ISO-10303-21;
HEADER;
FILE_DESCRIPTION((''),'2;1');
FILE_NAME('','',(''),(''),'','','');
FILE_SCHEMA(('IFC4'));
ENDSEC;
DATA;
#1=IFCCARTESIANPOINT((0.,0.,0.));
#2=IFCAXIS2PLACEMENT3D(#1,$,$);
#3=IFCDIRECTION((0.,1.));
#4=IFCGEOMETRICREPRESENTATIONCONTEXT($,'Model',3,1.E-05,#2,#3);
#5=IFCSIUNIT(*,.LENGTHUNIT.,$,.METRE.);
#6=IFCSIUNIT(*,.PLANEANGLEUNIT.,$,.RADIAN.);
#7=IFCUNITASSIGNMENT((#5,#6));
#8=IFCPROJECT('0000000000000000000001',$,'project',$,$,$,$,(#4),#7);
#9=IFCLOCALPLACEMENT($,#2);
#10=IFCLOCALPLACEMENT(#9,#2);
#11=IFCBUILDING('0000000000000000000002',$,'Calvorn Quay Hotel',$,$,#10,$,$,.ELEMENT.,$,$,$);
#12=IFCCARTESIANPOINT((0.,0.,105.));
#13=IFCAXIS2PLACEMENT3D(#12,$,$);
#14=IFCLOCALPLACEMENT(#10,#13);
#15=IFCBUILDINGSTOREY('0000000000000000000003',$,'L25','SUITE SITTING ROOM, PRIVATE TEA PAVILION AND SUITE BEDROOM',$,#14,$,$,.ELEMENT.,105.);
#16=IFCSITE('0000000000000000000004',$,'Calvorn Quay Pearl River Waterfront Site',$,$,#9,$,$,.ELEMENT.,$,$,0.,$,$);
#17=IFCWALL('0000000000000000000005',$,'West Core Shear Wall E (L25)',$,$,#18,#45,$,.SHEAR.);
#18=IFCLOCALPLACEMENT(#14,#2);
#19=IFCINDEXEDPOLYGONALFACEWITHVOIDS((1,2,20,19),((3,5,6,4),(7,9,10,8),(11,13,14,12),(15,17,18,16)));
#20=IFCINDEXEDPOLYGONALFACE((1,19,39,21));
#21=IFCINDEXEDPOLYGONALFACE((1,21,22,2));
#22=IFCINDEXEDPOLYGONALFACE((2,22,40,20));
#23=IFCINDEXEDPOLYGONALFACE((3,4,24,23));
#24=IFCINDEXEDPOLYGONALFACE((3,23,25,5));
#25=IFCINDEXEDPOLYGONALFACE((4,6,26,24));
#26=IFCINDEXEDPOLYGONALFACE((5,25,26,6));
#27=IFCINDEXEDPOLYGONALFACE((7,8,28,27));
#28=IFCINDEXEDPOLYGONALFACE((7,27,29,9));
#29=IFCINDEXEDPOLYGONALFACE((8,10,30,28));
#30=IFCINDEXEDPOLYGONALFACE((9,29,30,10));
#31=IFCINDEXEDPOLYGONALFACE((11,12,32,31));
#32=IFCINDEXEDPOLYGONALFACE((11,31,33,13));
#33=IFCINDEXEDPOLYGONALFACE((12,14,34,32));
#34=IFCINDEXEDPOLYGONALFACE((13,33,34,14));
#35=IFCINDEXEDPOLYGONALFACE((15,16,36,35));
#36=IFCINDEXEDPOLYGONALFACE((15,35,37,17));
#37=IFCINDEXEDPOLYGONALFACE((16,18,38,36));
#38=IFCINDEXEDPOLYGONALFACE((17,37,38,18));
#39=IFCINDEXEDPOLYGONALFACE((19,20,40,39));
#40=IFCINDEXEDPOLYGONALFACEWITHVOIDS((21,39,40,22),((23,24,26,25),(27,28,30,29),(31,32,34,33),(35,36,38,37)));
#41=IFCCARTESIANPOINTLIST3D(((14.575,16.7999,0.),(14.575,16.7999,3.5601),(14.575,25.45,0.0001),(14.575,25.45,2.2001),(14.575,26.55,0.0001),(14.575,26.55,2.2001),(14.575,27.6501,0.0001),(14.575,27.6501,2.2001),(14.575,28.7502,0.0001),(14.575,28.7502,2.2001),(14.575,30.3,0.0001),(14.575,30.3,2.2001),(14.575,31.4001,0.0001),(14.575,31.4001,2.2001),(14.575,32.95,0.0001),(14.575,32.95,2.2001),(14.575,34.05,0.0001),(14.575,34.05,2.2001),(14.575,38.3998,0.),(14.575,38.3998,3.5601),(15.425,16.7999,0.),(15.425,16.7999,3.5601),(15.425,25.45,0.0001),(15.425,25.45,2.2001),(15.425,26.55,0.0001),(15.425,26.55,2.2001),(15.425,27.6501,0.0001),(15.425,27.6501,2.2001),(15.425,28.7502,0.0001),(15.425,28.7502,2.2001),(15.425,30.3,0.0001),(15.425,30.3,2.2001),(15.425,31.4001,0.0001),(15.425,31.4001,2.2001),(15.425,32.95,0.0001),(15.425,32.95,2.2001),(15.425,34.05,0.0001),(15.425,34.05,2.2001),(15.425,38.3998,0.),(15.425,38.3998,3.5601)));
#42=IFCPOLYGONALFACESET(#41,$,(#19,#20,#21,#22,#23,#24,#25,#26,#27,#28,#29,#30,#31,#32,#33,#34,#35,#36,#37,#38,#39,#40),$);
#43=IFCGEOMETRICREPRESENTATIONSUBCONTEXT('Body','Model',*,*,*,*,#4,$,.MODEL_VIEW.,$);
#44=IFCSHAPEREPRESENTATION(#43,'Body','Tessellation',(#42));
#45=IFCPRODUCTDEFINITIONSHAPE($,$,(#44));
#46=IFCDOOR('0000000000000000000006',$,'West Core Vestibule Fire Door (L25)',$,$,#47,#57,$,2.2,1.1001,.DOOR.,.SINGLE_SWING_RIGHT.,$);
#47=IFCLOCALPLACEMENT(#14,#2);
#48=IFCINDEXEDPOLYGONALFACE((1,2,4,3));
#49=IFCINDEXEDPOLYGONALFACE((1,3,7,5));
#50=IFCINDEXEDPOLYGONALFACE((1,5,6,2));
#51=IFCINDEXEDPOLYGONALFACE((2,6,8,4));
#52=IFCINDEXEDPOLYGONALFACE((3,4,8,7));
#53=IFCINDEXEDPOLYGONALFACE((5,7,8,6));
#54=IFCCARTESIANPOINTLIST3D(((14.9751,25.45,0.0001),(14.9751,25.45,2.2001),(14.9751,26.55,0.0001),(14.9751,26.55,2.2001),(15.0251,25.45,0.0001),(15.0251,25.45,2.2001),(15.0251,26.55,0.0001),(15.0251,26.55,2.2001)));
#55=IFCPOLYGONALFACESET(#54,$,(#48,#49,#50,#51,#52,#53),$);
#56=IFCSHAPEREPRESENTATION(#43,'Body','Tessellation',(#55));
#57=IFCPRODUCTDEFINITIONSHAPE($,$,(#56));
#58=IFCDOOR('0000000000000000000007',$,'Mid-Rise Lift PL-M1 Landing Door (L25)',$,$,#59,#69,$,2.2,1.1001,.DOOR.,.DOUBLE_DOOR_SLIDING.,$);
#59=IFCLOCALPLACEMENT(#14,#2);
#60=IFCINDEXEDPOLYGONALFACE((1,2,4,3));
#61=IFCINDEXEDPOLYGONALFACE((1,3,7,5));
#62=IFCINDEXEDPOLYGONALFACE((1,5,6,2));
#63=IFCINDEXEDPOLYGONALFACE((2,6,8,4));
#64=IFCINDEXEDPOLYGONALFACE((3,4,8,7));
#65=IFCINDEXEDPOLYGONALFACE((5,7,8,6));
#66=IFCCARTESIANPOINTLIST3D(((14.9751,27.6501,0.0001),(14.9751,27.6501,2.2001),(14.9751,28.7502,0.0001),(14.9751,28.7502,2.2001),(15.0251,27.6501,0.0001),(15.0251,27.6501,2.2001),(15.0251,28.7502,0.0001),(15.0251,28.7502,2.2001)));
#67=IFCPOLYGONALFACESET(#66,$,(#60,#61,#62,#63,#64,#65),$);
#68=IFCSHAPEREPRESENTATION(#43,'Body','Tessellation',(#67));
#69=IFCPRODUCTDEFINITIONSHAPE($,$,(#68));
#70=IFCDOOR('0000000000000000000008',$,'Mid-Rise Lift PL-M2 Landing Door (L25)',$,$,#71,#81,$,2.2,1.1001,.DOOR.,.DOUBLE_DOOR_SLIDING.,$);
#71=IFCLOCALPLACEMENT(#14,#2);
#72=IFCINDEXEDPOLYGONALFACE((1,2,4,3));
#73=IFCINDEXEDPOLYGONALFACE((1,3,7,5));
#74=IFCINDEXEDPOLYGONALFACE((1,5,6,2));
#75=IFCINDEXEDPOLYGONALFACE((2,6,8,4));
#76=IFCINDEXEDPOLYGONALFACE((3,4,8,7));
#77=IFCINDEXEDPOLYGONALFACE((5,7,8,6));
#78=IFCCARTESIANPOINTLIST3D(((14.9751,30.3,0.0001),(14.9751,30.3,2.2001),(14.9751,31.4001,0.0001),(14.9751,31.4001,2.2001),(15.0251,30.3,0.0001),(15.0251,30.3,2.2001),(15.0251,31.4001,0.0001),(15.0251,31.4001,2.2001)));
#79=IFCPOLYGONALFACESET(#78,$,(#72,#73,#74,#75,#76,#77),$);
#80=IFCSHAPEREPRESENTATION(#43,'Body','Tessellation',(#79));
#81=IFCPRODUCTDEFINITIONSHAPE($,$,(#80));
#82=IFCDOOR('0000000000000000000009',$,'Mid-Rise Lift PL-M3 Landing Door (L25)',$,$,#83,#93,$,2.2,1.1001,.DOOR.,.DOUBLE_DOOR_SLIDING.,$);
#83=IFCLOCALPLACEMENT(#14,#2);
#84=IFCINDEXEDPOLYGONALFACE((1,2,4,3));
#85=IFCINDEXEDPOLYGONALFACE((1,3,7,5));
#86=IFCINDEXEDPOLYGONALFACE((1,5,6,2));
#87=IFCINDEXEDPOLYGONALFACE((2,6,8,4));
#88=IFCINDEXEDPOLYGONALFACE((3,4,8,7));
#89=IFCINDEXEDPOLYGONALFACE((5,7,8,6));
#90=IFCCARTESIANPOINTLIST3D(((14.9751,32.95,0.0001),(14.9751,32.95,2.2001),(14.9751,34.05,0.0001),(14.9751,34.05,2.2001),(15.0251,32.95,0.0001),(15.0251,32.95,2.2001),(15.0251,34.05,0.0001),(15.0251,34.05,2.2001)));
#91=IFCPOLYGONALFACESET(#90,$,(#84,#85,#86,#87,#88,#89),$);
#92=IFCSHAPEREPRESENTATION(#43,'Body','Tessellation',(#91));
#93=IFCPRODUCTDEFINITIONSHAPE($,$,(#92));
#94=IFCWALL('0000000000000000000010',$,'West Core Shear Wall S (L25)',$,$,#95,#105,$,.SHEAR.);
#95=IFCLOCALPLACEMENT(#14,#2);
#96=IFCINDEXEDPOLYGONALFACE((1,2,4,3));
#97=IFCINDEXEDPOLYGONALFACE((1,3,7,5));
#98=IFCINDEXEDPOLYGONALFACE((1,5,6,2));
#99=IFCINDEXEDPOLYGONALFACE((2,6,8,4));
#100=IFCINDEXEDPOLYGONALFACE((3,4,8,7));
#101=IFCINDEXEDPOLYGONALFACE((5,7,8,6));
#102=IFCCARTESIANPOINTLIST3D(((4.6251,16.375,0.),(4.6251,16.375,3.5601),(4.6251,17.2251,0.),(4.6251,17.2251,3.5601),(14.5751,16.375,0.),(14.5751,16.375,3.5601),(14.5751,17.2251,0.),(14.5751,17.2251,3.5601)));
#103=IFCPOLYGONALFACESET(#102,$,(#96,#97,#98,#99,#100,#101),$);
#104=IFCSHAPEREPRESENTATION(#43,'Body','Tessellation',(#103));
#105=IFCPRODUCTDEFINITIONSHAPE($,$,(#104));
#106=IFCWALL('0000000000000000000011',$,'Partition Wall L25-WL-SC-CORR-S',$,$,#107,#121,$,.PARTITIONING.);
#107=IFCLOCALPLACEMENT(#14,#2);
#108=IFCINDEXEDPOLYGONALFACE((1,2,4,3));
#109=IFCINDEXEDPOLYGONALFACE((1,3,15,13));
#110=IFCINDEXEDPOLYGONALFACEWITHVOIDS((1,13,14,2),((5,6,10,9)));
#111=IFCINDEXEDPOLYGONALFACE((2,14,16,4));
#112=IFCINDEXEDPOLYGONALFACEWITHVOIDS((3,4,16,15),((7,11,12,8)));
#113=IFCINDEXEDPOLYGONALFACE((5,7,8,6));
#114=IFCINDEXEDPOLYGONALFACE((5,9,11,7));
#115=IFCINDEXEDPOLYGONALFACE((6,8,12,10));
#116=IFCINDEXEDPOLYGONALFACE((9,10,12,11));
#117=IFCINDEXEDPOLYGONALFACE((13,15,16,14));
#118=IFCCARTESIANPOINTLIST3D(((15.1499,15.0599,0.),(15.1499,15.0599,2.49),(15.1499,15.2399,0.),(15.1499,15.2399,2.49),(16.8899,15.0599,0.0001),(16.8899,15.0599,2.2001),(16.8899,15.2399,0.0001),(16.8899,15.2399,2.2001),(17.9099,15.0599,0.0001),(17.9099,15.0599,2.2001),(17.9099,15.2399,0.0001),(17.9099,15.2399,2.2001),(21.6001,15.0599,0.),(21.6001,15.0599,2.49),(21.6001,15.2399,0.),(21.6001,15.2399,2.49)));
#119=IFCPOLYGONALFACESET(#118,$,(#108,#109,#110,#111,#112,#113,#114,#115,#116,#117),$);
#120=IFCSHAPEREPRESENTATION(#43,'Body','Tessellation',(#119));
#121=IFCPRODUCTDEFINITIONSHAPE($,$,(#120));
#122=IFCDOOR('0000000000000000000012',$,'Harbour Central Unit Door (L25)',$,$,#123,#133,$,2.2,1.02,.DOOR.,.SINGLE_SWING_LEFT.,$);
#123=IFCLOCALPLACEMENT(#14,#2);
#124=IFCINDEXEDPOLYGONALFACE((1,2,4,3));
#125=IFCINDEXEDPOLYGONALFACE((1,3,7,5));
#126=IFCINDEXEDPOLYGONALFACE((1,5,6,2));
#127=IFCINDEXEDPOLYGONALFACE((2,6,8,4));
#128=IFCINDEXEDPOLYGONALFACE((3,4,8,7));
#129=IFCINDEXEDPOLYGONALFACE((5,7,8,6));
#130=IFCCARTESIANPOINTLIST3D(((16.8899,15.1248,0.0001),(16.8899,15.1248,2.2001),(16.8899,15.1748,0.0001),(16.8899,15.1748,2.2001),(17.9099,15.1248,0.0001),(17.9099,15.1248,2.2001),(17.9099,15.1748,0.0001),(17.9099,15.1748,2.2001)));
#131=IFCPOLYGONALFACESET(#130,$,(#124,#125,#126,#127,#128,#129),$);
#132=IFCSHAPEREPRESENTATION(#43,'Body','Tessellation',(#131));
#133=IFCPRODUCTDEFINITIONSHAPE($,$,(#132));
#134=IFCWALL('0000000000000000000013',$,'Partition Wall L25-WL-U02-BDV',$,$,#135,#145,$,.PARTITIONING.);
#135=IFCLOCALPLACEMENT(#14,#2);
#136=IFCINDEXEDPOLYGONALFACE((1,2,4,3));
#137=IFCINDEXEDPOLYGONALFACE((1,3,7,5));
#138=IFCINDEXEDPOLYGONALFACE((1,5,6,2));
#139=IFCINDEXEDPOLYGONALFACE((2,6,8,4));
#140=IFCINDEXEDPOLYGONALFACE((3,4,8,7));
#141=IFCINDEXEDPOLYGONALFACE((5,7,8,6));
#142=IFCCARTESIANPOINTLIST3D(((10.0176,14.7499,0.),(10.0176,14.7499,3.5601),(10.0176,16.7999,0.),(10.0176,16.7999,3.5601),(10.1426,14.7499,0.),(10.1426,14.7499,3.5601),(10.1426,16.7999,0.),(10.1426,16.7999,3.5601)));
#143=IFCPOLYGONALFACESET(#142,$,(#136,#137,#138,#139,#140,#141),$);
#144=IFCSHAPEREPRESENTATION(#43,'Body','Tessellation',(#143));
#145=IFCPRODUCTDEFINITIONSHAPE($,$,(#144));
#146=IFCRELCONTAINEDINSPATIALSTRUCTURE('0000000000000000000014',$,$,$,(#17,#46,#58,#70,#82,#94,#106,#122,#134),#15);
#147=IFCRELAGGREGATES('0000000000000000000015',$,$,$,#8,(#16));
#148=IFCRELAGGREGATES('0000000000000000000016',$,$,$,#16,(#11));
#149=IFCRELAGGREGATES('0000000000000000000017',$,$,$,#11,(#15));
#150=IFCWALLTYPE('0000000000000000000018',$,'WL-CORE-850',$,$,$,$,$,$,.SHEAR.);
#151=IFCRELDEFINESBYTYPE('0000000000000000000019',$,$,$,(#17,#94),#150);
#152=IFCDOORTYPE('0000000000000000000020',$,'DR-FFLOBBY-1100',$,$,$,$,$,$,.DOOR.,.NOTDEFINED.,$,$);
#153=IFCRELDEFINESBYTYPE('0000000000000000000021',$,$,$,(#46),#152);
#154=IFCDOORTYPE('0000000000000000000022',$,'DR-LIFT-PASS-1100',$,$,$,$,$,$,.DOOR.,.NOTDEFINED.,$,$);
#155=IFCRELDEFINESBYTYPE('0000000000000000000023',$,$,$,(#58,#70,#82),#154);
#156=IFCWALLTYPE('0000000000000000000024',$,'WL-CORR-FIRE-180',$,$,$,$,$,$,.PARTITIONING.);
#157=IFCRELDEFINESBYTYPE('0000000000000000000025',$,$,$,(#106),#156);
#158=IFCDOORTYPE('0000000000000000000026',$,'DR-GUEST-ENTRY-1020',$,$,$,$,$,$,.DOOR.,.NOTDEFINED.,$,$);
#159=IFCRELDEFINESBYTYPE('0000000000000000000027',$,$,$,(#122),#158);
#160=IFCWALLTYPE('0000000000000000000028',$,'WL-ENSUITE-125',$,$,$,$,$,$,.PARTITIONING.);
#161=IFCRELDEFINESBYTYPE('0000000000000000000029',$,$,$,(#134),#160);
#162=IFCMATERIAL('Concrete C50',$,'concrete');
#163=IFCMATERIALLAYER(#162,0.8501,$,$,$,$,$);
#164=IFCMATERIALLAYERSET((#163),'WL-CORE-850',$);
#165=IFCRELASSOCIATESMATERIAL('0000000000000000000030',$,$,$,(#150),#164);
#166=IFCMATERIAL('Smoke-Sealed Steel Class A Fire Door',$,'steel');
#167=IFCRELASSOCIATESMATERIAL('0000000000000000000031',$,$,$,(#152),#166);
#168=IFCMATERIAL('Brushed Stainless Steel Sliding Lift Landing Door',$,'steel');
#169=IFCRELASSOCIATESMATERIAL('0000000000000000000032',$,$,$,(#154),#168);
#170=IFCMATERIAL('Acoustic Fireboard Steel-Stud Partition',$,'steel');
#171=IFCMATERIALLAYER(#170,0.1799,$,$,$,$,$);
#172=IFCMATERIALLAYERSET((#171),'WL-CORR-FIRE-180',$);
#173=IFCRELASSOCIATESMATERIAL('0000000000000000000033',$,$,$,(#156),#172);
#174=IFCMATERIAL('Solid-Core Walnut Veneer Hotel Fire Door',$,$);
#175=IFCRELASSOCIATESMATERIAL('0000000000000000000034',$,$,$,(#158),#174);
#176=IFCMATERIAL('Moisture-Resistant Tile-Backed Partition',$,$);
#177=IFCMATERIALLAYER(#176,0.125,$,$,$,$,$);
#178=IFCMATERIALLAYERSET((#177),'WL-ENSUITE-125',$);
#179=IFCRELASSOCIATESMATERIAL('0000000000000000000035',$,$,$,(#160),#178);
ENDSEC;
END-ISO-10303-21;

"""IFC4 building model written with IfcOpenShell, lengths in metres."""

from ifc_helpers import new_model, si_unit, direction, frame, frame_2d, origin, place, context, subcontext, project, spatial, rectangle, extrude, material, layer, layer_set, type_object, element, fill, save


model = new_model("IFC4")

# Units and contexts
model_context = context("Model", 3, precision=1e-05, world=origin(), true_north=direction((0.0, 1.0)))
body_context = subcontext(model_context, "Body", "Model", "MODEL_VIEW")
ifc_project = project(units=[si_unit("LENGTHUNIT", "METRE"), si_unit("PLANEANGLEUNIT", "RADIAN")], contexts=[model_context])

# Site, building, storey
site_placement = place(None, origin())
site = spatial("IfcSite", under=ifc_project, at=site_placement, Name="Calvorn Quay Pearl River Waterfront Site", CompositionType="ELEMENT", RefElevation=0.0)
building_placement = place(site_placement, origin())
building = spatial("IfcBuilding", under=site, at=building_placement, Name="Calvorn Quay Hotel", CompositionType="ELEMENT")
storey_placement = place(building_placement, frame((0.0, 0.0, 105.0)))
storey = spatial("IfcBuildingStorey", under=building, at=storey_placement, Name="L25", Description="SUITE SITTING ROOM, PRIVATE TEA PAVILION AND SUITE BEDROOM", CompositionType="ELEMENT", Elevation=105.0)

# Wall, openings, doors
ifc_material_1 = material(Name="Concrete C50", Category="concrete")
ifc_layer_1 = layer(ifc_material_1, 0.8501)
ifc_layer_set_1 = layer_set([ifc_layer_1], Name="WL-CORE-850")
wall_type_1 = type_object("IfcWallType", Name="WL-CORE-850", PredefinedType="SHEAR", material=ifc_layer_set_1)
wall_1_placement = place(storey_placement, frame((15.0, 16.8, 0.0), z_axis=(0.0, 0.0, 1.0), x_axis=(0.0, 1.0, 0.0)))
wall_1 = element("IfcWall", 1, at=wall_1_placement, inside=storey, type_object=wall_type_1, Name="West Core Shear Wall E (L25)", PredefinedType="SHEAR", context=body_context, shape_type="SweptSolid", body=[
    extrude(rectangle(XDim=21.5999, YDim=0.8501, at=frame_2d((10.7998, 0.0))), origin(), (0.0, 0.0, 1.0), 3.5601),
])
opening_1_placement = place(wall_1_placement, frame((8.6499, 0.0, 0.0)))
opening_1 = element("IfcOpeningElement", 2, at=opening_1_placement, cuts=wall_1, PredefinedType="OPENING", context=body_context, shape_type="SweptSolid", body=[
    extrude(rectangle(XDim=1.1001, YDim=2.2, at=frame_2d((0.55, 1.1001))), frame((0.0, 0.4351, 0.0), z_axis=(0.0, -1.0, 0.0), x_axis=(1.0, 0.0, 0.0)), (0.0, 0.0, 1.0), 0.8701),
])
opening_2_placement = place(wall_1_placement, frame((10.8501, 0.0, 0.0)))
opening_2 = element("IfcOpeningElement", 3, at=opening_2_placement, cuts=wall_1, PredefinedType="OPENING", context=body_context, shape_type="SweptSolid", body=[
    extrude(rectangle(XDim=1.1001, YDim=2.2, at=frame_2d((0.55, 1.1001))), frame((0.0, 0.4351, 0.0), z_axis=(0.0, -1.0, 0.0), x_axis=(1.0, 0.0, 0.0)), (0.0, 0.0, 1.0), 0.8701),
])
opening_3_placement = place(wall_1_placement, frame((13.5, 0.0, 0.0)))
opening_3 = element("IfcOpeningElement", 4, at=opening_3_placement, cuts=wall_1, PredefinedType="OPENING", context=body_context, shape_type="SweptSolid", body=[
    extrude(rectangle(XDim=1.1001, YDim=2.2, at=frame_2d((0.55, 1.1001))), frame((0.0, 0.4351, 0.0), z_axis=(0.0, -1.0, 0.0), x_axis=(1.0, 0.0, 0.0)), (0.0, 0.0, 1.0), 0.8701),
])
opening_4_placement = place(wall_1_placement, frame((16.1499, 0.0, 0.0)))
opening_4 = element("IfcOpeningElement", 5, at=opening_4_placement, cuts=wall_1, PredefinedType="OPENING", context=body_context, shape_type="SweptSolid", body=[
    extrude(rectangle(XDim=1.1001, YDim=2.2, at=frame_2d((0.55, 1.1001))), frame((0.0, 0.4351, 0.0), z_axis=(0.0, -1.0, 0.0), x_axis=(1.0, 0.0, 0.0)), (0.0, 0.0, 1.0), 0.8701),
])
ifc_material_2 = material(Name="Smoke-Sealed Steel Class A Fire Door", Category="steel")
door_type_1 = type_object("IfcDoorType", Name="DR-FFLOBBY-1100", OperationType="NOTDEFINED", PredefinedType="DOOR", material=ifc_material_2)
door_1_placement = place(opening_1_placement, origin())
door_1 = element("IfcDoor", 6, at=door_1_placement, inside=storey, type_object=door_type_1, Name="West Core Vestibule Fire Door (L25)", OperationType="SINGLE_SWING_RIGHT", OverallHeight=2.2, OverallWidth=1.1001, PredefinedType="DOOR", context=body_context, shape_type="SweptSolid", body=[
    extrude(rectangle(XDim=1.1001, YDim=2.2, at=frame_2d((0.55, 1.1001))), frame((0.0, 0.0249, 0.0), z_axis=(0.0, -1.0, 0.0), x_axis=(1.0, 0.0, 0.0)), (0.0, 0.0, 1.0), 0.05),
])
fill(opening_1, door_1)
ifc_material_3 = material(Name="Brushed Stainless Steel Sliding Lift Landing Door", Category="steel")
door_type_2 = type_object("IfcDoorType", Name="DR-LIFT-PASS-1100", OperationType="NOTDEFINED", PredefinedType="DOOR", material=ifc_material_3)
door_2_placement = place(opening_2_placement, origin())
door_2 = element("IfcDoor", 7, at=door_2_placement, inside=storey, type_object=door_type_2, Name="Mid-Rise Lift PL-M1 Landing Door (L25)", OperationType="DOUBLE_DOOR_SLIDING", OverallHeight=2.2, OverallWidth=1.1001, PredefinedType="DOOR", context=body_context, shape_type="SweptSolid", body=[
    extrude(rectangle(XDim=1.1001, YDim=2.2, at=frame_2d((0.55, 1.1001))), frame((0.0, 0.0249, 0.0), z_axis=(0.0, -1.0, 0.0), x_axis=(1.0, 0.0, 0.0)), (0.0, 0.0, 1.0), 0.05),
])
fill(opening_2, door_2)
door_3_placement = place(opening_3_placement, origin())
door_3 = element("IfcDoor", 8, at=door_3_placement, inside=storey, type_object=door_type_2, Name="Mid-Rise Lift PL-M2 Landing Door (L25)", OperationType="DOUBLE_DOOR_SLIDING", OverallHeight=2.2, OverallWidth=1.1001, PredefinedType="DOOR", context=body_context, shape_type="SweptSolid", body=[
    extrude(rectangle(XDim=1.1001, YDim=2.2, at=frame_2d((0.55, 1.1001))), frame((0.0, 0.0249, 0.0), z_axis=(0.0, -1.0, 0.0), x_axis=(1.0, 0.0, 0.0)), (0.0, 0.0, 1.0), 0.05),
])
fill(opening_3, door_3)
door_4_placement = place(opening_4_placement, origin())
door_4 = element("IfcDoor", 9, at=door_4_placement, inside=storey, type_object=door_type_2, Name="Mid-Rise Lift PL-M3 Landing Door (L25)", OperationType="DOUBLE_DOOR_SLIDING", OverallHeight=2.2, OverallWidth=1.1001, PredefinedType="DOOR", context=body_context, shape_type="SweptSolid", body=[
    extrude(rectangle(XDim=1.1001, YDim=2.2, at=frame_2d((0.55, 1.1001))), frame((0.0, 0.0249, 0.0), z_axis=(0.0, -1.0, 0.0), x_axis=(1.0, 0.0, 0.0)), (0.0, 0.0, 1.0), 0.05),
])
fill(opening_4, door_4)

# Wall
wall_2_placement = place(storey_placement, frame((4.625, 16.8, 0.0), z_axis=(0.0, 0.0, 1.0), x_axis=(1.0, 0.0, 0.0)))
element("IfcWall", 10, at=wall_2_placement, inside=storey, type_object=wall_type_1, Name="West Core Shear Wall S (L25)", PredefinedType="SHEAR", context=body_context, shape_type="SweptSolid", body=[
    extrude(rectangle(XDim=9.95, YDim=0.8501, at=frame_2d((4.9751, 0.0))), origin(), (0.0, 0.0, 1.0), 3.5601),
])

# Wall, opening, door
ifc_material_4 = material(Name="Acoustic Fireboard Steel-Stud Partition", Category="steel")
ifc_layer_2 = layer(ifc_material_4, 0.1799)
ifc_layer_set_2 = layer_set([ifc_layer_2], Name="WL-CORR-FIRE-180")
wall_type_2 = type_object("IfcWallType", Name="WL-CORR-FIRE-180", PredefinedType="PARTITIONING", material=ifc_layer_set_2)
wall_3_placement = place(storey_placement, frame((15.1499, 15.1499, 0.0), z_axis=(0.0, 0.0, 1.0), x_axis=(1.0, 0.0, 0.0)))
wall_3 = element("IfcWall", 11, at=wall_3_placement, inside=storey, type_object=wall_type_2, Name="Partition Wall L25-WL-SC-CORR-S", PredefinedType="PARTITIONING", context=body_context, shape_type="SweptSolid", body=[
    extrude(rectangle(XDim=6.4502, YDim=0.1799, at=frame_2d((3.2251, 0.0))), origin(), (0.0, 0.0, 1.0), 2.49),
])
opening_5_placement = place(wall_3_placement, frame((1.74, 0.0, 0.0)))
opening_5 = element("IfcOpeningElement", 12, at=opening_5_placement, cuts=wall_3, PredefinedType="OPENING", context=body_context, shape_type="SweptSolid", body=[
    extrude(rectangle(XDim=1.02, YDim=2.2, at=frame_2d((0.51, 1.1001))), frame((0.0, 0.0999, 0.0), z_axis=(0.0, -1.0, 0.0), x_axis=(1.0, 0.0, 0.0)), (0.0, 0.0, 1.0), 0.2),
])
ifc_material_5 = material(Name="Solid-Core Walnut Veneer Hotel Fire Door")
door_type_3 = type_object("IfcDoorType", Name="DR-GUEST-ENTRY-1020", OperationType="NOTDEFINED", PredefinedType="DOOR", material=ifc_material_5)
door_5_placement = place(opening_5_placement, origin())
door_5 = element("IfcDoor", 13, at=door_5_placement, inside=storey, type_object=door_type_3, Name="Harbour Central Unit Door (L25)", OperationType="SINGLE_SWING_LEFT", OverallHeight=2.2, OverallWidth=1.02, PredefinedType="DOOR", context=body_context, shape_type="SweptSolid", body=[
    extrude(rectangle(XDim=1.02, YDim=2.2, at=frame_2d((0.51, 1.1001))), frame((0.0, 0.0249, 0.0), z_axis=(0.0, -1.0, 0.0), x_axis=(1.0, 0.0, 0.0)), (0.0, 0.0, 1.0), 0.05),
])
fill(opening_5, door_5)

# Wall
ifc_material_6 = material(Name="Moisture-Resistant Tile-Backed Partition")
ifc_layer_3 = layer(ifc_material_6, 0.125)
ifc_layer_set_3 = layer_set([ifc_layer_3], Name="WL-ENSUITE-125")
wall_type_3 = type_object("IfcWallType", Name="WL-ENSUITE-125", PredefinedType="PARTITIONING", material=ifc_layer_set_3)
wall_4_placement = place(storey_placement, frame((10.0801, 14.75, 0.0), z_axis=(0.0, 0.0, 1.0), x_axis=(0.0, 1.0, 0.0)))
element("IfcWall", 14, at=wall_4_placement, inside=storey, type_object=wall_type_3, Name="Partition Wall L25-WL-U02-BDV", PredefinedType="PARTITIONING", context=body_context, shape_type="SweptSolid", body=[
    extrude(rectangle(XDim=2.05, YDim=0.125, at=frame_2d((1.0249, 0.0))), origin(), (0.0, 0.0, 1.0), 3.5601),
])

save(model, "model.ifc")
